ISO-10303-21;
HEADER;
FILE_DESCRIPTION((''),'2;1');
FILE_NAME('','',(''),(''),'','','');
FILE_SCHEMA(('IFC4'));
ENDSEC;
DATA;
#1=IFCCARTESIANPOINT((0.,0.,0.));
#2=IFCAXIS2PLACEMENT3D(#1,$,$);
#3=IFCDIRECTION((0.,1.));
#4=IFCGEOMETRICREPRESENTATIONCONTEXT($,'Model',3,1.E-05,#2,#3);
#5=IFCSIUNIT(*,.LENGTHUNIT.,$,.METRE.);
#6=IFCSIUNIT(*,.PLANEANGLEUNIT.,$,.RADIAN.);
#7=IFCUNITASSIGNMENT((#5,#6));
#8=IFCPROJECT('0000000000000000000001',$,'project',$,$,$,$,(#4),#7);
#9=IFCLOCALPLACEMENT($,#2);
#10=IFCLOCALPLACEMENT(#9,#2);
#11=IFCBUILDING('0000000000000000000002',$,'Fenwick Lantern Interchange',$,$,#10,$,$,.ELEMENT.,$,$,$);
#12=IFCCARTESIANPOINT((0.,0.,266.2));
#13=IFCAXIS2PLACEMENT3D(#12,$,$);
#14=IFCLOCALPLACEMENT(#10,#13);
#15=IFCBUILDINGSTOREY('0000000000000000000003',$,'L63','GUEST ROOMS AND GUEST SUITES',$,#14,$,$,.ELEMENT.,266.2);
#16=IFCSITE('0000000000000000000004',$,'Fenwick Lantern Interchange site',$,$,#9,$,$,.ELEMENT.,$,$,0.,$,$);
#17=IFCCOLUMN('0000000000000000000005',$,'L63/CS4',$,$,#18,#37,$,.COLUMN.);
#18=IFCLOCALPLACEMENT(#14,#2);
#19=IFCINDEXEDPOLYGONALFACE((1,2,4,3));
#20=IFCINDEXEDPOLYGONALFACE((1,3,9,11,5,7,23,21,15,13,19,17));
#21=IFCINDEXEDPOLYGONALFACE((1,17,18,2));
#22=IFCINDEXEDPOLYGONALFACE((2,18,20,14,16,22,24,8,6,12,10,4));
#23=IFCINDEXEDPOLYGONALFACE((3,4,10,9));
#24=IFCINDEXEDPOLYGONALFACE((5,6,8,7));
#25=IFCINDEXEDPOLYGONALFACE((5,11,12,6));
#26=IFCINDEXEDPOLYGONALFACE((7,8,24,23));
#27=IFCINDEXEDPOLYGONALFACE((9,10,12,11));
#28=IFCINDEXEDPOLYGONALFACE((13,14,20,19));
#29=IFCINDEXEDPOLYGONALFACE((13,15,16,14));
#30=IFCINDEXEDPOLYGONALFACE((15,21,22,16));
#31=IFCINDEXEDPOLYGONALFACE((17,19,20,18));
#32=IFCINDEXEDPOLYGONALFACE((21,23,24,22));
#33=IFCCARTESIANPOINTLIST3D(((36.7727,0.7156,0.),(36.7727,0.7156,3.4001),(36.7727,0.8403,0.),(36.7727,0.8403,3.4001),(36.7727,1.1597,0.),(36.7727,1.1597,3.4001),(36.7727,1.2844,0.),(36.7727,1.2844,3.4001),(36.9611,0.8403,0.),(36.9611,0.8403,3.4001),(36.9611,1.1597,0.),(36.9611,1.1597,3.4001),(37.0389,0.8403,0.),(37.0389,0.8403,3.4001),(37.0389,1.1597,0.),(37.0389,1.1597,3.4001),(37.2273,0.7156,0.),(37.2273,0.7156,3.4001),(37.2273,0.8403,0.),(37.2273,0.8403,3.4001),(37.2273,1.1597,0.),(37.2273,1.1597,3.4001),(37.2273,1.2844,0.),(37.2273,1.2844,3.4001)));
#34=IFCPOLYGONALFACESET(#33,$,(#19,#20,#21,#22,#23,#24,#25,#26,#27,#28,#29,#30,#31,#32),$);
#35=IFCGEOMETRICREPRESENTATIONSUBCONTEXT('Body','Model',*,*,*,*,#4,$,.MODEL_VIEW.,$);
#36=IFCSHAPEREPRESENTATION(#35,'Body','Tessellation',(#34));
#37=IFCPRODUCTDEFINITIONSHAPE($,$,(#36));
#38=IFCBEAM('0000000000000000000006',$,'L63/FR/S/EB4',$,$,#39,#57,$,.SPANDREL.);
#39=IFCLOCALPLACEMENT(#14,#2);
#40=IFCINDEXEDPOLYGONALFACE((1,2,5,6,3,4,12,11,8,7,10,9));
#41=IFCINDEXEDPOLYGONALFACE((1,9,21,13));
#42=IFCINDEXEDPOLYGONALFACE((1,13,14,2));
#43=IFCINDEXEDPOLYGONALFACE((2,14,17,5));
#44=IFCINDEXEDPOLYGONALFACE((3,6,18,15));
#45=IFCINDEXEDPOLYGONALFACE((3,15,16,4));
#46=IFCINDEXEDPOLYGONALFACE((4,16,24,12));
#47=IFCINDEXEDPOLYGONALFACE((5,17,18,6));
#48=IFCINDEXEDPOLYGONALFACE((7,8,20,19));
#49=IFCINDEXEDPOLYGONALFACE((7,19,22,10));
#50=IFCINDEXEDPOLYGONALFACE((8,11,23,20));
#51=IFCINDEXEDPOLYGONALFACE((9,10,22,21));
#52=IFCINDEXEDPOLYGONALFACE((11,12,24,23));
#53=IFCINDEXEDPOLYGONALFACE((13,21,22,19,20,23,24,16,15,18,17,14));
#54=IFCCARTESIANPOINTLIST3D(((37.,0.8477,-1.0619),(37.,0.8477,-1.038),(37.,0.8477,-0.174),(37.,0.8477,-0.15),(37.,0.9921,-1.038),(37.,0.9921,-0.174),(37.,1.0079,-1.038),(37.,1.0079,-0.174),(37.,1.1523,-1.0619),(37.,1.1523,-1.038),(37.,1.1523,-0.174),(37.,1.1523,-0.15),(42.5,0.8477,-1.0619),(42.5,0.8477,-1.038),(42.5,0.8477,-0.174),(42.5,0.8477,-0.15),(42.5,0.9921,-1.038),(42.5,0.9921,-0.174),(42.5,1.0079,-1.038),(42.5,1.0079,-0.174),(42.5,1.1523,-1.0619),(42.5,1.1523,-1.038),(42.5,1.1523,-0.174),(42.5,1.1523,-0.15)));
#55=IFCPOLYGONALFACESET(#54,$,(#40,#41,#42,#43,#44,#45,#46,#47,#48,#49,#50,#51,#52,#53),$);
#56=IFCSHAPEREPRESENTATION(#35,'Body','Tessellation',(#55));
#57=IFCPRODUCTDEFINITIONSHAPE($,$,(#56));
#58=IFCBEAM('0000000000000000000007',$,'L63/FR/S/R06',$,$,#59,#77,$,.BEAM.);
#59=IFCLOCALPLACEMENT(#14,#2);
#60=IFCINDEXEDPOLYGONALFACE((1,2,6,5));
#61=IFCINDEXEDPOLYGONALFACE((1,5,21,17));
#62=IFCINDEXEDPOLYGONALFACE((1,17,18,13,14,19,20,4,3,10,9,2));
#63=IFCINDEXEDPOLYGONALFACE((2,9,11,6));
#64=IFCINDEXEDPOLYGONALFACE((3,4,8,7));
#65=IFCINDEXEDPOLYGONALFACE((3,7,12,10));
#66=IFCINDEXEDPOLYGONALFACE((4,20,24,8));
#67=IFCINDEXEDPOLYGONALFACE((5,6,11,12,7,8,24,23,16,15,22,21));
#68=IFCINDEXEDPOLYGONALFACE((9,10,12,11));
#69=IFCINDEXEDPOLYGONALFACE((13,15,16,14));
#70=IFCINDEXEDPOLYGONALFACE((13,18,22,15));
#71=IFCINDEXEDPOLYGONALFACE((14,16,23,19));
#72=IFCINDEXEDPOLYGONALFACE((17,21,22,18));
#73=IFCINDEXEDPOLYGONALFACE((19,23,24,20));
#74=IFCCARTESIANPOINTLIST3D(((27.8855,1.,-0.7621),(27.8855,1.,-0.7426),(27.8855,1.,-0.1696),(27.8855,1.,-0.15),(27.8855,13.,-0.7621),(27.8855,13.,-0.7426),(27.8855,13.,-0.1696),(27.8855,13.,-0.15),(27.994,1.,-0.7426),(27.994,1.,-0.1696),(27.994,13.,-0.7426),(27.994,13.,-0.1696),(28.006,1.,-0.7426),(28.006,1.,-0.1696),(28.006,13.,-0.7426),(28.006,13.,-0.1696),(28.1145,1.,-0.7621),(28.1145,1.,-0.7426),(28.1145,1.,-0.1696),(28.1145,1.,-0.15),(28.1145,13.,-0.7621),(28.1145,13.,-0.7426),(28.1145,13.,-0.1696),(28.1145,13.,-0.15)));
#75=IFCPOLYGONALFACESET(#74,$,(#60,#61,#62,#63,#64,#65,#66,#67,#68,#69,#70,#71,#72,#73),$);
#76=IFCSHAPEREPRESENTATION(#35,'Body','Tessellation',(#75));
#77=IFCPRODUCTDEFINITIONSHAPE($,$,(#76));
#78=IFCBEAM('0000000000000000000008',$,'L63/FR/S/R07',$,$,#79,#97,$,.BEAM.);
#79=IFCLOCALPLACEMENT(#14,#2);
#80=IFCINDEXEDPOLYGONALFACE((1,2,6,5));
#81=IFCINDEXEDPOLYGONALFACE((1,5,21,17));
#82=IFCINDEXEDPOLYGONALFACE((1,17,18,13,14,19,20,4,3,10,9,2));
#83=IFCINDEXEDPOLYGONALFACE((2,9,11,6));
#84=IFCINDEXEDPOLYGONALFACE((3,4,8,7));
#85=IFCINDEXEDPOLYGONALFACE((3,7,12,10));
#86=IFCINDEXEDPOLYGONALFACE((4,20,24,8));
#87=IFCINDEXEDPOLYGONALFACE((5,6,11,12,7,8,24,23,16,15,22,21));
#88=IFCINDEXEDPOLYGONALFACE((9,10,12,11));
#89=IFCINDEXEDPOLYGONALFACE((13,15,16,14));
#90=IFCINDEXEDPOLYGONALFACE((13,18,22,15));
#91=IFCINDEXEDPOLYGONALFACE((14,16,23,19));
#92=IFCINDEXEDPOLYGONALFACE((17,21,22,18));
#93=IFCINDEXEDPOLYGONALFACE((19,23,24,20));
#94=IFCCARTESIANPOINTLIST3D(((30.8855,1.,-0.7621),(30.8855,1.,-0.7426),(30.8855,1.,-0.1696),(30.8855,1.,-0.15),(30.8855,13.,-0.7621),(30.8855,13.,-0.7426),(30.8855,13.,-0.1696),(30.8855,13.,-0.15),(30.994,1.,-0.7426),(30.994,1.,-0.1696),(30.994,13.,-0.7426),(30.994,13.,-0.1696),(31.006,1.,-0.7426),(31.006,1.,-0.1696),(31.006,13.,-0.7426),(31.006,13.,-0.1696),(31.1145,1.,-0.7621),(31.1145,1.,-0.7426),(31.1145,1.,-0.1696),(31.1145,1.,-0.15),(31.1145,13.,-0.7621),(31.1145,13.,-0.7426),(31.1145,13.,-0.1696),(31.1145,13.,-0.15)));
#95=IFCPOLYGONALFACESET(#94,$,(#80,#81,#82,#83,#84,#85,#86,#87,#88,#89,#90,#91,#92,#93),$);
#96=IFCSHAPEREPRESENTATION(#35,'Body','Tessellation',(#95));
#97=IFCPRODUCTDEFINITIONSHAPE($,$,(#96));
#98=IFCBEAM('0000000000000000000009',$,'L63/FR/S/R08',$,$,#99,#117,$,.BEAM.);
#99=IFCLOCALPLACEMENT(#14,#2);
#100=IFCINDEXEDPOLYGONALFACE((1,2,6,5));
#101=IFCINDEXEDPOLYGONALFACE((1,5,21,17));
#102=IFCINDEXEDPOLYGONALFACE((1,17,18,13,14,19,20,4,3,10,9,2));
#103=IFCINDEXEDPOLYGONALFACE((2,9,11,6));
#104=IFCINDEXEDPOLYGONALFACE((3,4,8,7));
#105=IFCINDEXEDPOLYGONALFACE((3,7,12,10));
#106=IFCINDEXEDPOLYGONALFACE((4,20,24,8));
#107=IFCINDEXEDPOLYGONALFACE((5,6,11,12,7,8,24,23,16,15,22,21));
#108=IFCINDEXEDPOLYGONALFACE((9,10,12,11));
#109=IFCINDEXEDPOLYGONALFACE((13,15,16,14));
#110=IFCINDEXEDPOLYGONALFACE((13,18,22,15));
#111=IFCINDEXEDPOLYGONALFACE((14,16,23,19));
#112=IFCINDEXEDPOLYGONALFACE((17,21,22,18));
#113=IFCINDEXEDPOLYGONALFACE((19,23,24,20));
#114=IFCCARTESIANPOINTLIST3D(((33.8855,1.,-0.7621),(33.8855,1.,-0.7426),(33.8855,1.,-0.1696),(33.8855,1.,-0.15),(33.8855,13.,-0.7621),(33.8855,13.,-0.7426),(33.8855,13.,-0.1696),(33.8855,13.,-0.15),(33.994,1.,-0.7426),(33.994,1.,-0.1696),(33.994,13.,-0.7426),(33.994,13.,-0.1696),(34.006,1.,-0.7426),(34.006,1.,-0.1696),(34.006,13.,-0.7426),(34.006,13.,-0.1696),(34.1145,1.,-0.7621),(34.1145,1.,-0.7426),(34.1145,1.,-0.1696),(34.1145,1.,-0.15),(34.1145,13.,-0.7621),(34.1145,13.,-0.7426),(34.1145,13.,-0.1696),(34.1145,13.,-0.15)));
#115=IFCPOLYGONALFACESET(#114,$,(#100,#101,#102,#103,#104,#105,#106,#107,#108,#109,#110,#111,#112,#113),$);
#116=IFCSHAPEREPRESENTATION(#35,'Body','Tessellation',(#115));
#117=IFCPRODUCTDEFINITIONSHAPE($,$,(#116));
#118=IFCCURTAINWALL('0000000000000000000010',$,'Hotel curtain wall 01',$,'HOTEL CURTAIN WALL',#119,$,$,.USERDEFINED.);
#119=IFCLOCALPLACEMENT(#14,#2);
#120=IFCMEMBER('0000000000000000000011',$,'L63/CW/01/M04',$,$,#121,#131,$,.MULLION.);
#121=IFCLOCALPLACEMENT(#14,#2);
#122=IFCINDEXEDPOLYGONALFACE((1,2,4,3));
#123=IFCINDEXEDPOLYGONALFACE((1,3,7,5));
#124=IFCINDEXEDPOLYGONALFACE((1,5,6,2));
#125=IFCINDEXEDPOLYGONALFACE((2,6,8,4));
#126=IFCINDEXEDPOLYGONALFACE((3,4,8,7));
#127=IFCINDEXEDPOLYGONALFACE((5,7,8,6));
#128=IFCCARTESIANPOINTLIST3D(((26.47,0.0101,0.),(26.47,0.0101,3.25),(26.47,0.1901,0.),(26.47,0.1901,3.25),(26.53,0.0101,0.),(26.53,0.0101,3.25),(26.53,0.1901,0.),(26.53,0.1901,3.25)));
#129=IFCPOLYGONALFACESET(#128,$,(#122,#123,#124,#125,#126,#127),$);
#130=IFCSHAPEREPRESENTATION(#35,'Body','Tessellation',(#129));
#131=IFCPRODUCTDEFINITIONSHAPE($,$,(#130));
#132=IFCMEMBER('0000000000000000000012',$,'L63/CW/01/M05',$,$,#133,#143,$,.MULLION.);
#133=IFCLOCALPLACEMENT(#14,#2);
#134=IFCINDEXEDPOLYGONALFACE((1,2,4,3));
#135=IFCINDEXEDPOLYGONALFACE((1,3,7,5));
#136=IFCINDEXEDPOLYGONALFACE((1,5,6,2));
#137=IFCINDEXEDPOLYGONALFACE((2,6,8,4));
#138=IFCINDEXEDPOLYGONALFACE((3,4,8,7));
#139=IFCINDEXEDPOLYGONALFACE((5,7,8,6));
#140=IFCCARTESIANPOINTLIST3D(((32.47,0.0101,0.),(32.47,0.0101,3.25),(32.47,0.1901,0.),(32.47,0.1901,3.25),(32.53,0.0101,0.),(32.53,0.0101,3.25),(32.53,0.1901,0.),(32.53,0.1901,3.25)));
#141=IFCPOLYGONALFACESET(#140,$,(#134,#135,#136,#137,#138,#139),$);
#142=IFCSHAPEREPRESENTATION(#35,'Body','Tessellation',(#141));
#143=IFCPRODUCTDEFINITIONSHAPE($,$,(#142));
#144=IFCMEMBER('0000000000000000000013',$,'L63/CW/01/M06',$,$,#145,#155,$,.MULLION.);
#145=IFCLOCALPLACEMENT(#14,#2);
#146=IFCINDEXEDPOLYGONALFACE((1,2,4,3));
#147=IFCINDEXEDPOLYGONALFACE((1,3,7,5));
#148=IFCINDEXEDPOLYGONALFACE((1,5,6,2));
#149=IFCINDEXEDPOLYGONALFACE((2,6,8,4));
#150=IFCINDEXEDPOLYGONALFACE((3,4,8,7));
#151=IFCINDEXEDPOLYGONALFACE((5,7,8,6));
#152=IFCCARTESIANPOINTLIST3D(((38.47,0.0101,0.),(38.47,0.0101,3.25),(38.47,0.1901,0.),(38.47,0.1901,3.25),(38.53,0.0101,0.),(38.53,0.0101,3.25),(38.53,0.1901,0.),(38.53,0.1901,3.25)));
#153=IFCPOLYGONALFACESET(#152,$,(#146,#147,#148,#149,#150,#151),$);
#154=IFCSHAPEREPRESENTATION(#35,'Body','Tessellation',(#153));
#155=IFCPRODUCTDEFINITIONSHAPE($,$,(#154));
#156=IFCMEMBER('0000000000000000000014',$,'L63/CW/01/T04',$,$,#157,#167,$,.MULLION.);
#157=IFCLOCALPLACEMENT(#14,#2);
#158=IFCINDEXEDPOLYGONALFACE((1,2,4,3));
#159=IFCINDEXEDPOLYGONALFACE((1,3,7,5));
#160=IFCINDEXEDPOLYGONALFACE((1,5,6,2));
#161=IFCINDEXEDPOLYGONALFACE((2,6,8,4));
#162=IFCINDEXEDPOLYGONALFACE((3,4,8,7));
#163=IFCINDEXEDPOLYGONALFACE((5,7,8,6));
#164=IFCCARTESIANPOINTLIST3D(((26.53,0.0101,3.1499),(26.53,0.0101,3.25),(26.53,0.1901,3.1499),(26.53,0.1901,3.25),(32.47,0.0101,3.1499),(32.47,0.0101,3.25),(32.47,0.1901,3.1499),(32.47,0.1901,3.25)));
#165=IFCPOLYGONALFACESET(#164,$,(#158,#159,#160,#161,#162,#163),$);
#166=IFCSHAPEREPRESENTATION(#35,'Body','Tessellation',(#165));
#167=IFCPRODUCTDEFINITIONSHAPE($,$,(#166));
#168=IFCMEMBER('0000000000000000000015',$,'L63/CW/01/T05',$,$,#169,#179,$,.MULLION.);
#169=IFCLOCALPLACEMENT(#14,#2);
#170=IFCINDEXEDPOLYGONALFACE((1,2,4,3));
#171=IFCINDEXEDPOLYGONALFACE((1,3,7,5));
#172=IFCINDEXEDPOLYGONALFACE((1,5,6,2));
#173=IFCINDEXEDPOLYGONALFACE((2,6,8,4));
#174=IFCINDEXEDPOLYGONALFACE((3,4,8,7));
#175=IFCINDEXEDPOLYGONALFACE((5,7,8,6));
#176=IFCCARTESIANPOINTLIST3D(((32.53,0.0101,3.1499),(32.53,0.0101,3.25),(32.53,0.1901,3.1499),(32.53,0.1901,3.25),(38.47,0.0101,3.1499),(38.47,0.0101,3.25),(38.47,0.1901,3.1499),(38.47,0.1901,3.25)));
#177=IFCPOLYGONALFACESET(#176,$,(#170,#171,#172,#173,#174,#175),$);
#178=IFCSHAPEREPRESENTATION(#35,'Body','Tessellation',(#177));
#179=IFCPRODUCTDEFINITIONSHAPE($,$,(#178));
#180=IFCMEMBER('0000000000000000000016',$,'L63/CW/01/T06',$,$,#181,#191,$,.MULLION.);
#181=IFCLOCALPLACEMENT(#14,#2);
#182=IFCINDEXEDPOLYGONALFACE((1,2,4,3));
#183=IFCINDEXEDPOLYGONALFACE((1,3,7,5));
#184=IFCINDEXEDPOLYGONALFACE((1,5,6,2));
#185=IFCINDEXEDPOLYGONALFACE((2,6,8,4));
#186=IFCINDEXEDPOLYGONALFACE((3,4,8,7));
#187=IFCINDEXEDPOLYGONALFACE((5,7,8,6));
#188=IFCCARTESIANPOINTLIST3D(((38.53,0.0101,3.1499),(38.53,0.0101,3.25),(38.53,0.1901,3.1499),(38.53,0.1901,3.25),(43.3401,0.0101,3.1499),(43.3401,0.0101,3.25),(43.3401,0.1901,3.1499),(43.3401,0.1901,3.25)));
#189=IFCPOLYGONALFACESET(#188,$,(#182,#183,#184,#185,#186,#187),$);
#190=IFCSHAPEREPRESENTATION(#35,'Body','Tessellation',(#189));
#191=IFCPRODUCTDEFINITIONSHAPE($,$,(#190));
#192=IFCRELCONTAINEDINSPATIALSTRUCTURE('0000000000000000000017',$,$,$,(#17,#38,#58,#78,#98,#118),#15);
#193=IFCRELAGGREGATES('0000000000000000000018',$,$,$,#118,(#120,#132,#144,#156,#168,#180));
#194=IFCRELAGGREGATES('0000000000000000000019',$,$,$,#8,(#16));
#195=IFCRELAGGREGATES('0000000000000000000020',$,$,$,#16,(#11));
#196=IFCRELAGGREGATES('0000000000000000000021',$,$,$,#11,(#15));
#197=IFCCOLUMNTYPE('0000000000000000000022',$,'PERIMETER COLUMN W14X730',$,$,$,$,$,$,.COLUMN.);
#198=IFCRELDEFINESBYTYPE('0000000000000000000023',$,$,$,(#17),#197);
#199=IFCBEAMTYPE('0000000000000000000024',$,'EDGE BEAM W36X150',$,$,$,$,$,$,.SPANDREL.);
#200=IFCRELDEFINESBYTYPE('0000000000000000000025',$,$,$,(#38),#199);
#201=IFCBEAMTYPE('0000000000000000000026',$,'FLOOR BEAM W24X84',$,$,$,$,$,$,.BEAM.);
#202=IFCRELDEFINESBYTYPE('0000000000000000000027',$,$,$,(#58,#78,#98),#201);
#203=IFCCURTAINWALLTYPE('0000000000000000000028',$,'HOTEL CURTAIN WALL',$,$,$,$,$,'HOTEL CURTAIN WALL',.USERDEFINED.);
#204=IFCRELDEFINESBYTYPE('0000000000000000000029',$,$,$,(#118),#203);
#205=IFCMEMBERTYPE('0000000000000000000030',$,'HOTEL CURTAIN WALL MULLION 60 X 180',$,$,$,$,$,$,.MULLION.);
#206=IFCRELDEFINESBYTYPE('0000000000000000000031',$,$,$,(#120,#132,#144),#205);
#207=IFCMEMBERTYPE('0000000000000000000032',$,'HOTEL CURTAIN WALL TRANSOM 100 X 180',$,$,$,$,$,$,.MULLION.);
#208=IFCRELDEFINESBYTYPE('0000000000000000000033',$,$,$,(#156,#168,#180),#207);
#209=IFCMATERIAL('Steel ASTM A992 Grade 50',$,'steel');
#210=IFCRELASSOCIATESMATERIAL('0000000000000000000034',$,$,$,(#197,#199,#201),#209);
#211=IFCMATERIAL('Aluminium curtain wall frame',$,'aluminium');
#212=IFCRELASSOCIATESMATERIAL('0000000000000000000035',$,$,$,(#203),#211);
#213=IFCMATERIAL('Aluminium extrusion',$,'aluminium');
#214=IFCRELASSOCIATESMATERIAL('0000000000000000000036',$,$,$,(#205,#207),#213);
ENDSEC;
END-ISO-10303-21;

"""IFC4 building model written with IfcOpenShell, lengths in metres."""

from ifc_helpers import new_model, si_unit, direction, frame, origin, origin_2d, place, context, subcontext, project, spatial, rectangle, i_section, extrude, material, material_profile, profile_set, type_object, element, aggregate, save


model = new_model("IFC4")

# Units and contexts
model_context = context("Model", 3, precision=1e-05, world=origin(), true_north=direction((0.0, 1.0)))
body_context = subcontext(model_context, "Body", "Model", "MODEL_VIEW")
ifc_project = project(units=[si_unit("LENGTHUNIT", "METRE"), si_unit("PLANEANGLEUNIT", "RADIAN")], contexts=[model_context])

# Site, building, storey
site_placement = place(None, origin())
site = spatial("IfcSite", under=ifc_project, at=site_placement, Name="Fenwick Lantern Interchange site", CompositionType="ELEMENT", RefElevation=0.0)
building_placement = place(site_placement, origin())
building = spatial("IfcBuilding", under=site, at=building_placement, Name="Fenwick Lantern Interchange", CompositionType="ELEMENT")
storey_placement = place(building_placement, frame((0.0, 0.0, 266.2)))
storey = spatial("IfcBuildingStorey", under=building, at=storey_placement, Name="L63", Description="GUEST ROOMS AND GUEST SUITES", CompositionType="ELEMENT", Elevation=266.2)

# Column
ifc_material_1 = material(Name="Steel ASTM A992 Grade 50", Category="steel")
ifc_material_profile_1 = material_profile(ifc_material_1, i_section(OverallWidth=0.4546, OverallDepth=0.5688, WebThickness=0.0779, FlangeThickness=0.1248, at=origin_2d()), Name="W14X730")
ifc_profile_set_1 = profile_set([ifc_material_profile_1], Name="Steel ASTM A992 Grade 50")
column_type = type_object("IfcColumnType", Name="PERIMETER COLUMN W14X730", PredefinedType="COLUMN", material=ifc_profile_set_1)
column_placement = place(storey_placement, frame((37.0, 1.0, 0.0), z_axis=(0.0, 0.0, 1.0), x_axis=(1.0, 0.0, 0.0)))
element("IfcColumn", 1, at=column_placement, inside=storey, type_object=column_type, Name="L63/CS4", PredefinedType="COLUMN", context=body_context, shape_type="SweptSolid", body=[
    extrude(i_section(OverallWidth=0.4546, OverallDepth=0.5688, WebThickness=0.0779, FlangeThickness=0.1248, at=origin_2d()), origin(), (0.0, 0.0, 1.0), 3.4001),
])

# Beams
ifc_material_profile_2 = material_profile(ifc_material_1, i_section(OverallWidth=0.3047, OverallDepth=0.9119, WebThickness=0.0159, FlangeThickness=0.0239, at=origin_2d()), Name="W36X150")
ifc_profile_set_2 = profile_set([ifc_material_profile_2], Name="Steel ASTM A992 Grade 50")
beam_type_1 = type_object("IfcBeamType", Name="EDGE BEAM W36X150", PredefinedType="SPANDREL", material=ifc_profile_set_2)
beam_1_placement = place(storey_placement, frame((37.0, 1.0, -0.606), z_axis=(1.0, 0.0, 0.0), x_axis=(0.0, 1.0, 0.0)))
element("IfcBeam", 2, at=beam_1_placement, inside=storey, type_object=beam_type_1, Name="L63/FR/S/EB4", PredefinedType="SPANDREL", context=body_context, shape_type="SweptSolid", body=[
    extrude(i_section(OverallWidth=0.3047, OverallDepth=0.9119, WebThickness=0.0159, FlangeThickness=0.0239, at=origin_2d()), origin(), (0.0, 0.0, 1.0), 5.5),
])
ifc_material_profile_3 = material_profile(ifc_material_1, i_section(OverallWidth=0.229, OverallDepth=0.6121, WebThickness=0.012, FlangeThickness=0.0195, at=origin_2d()), Name="W24X84")
ifc_profile_set_3 = profile_set([ifc_material_profile_3], Name="Steel ASTM A992 Grade 50")
beam_type_2 = type_object("IfcBeamType", Name="FLOOR BEAM W24X84", PredefinedType="BEAM", material=ifc_profile_set_3)
for number, where, z_axis, x_axis, name in (
    (3, (28.0, 1.0, -0.4561), (0.0, 1.0, 0.0), (-1.0, 0.0, 0.0), "L63/FR/S/R06"),
    (4, (31.0, 1.0, -0.4561), (0.0, 1.0, 0.0), (-1.0, 0.0, 0.0), "L63/FR/S/R07"),
    (5, (34.0, 1.0, -0.4561), (0.0, 1.0, 0.0), (-1.0, 0.0, 0.0), "L63/FR/S/R08"),
):
    element("IfcBeam", number, at=place(storey_placement, frame(where, z_axis=z_axis, x_axis=x_axis)), inside=storey, type_object=beam_type_2, Name=name, PredefinedType="BEAM", context=body_context, shape_type="SweptSolid", body=[
        extrude(i_section(OverallWidth=0.229, OverallDepth=0.6121, WebThickness=0.012, FlangeThickness=0.0195, at=origin_2d()), origin(), (0.0, 0.0, 1.0), 12.0),
    ])

# Curtain wall, members
ifc_material_2 = material(Name="Aluminium curtain wall frame", Category="aluminium")
curtain_wall_type = type_object("IfcCurtainWallType", Name="HOTEL CURTAIN WALL", ElementType="HOTEL CURTAIN WALL", PredefinedType="USERDEFINED", material=ifc_material_2)
curtain_wall_placement = place(storey_placement, origin())
curtain_wall = element("IfcCurtainWall", 6, at=curtain_wall_placement, inside=storey, type_object=curtain_wall_type, Name="Hotel curtain wall 01", ObjectType="HOTEL CURTAIN WALL", PredefinedType="USERDEFINED")
ifc_material_3 = material(Name="Aluminium extrusion", Category="aluminium")
ifc_material_profile_4 = material_profile(ifc_material_3, rectangle(XDim=0.1799, YDim=0.0601, at=origin_2d()), Name="HOTEL CURTAIN WALL MULLION 60 X 180")
ifc_profile_set_4 = profile_set([ifc_material_profile_4], Name="Aluminium extrusion")
member_type_1 = type_object("IfcMemberType", Name="HOTEL CURTAIN WALL MULLION 60 X 180", PredefinedType="MULLION", material=ifc_profile_set_4)
member_1_placement = place(storey_placement, frame((26.5, 0.1001, 0.0), z_axis=(0.0, 0.0, 1.0), x_axis=(0.0, 1.0, 0.0)))
member_1 = element("IfcMember", 7, at=member_1_placement, type_object=member_type_1, Name="L63/CW/01/M04", PredefinedType="MULLION", context=body_context, shape_type="SweptSolid", body=[
    extrude(rectangle(XDim=0.1799, YDim=0.0601, at=origin_2d()), origin(), (0.0, 0.0, 1.0), 3.25),
])
member_2_placement = place(storey_placement, frame((32.5, 0.1001, 0.0), z_axis=(0.0, 0.0, 1.0), x_axis=(0.0, 1.0, 0.0)))
member_2 = element("IfcMember", 8, at=member_2_placement, type_object=member_type_1, Name="L63/CW/01/M05", PredefinedType="MULLION", context=body_context, shape_type="SweptSolid", body=[
    extrude(rectangle(XDim=0.1799, YDim=0.0601, at=origin_2d()), origin(), (0.0, 0.0, 1.0), 3.25),
])
member_3_placement = place(storey_placement, frame((38.5, 0.1001, 0.0), z_axis=(0.0, 0.0, 1.0), x_axis=(0.0, 1.0, 0.0)))
member_3 = element("IfcMember", 9, at=member_3_placement, type_object=member_type_1, Name="L63/CW/01/M06", PredefinedType="MULLION", context=body_context, shape_type="SweptSolid", body=[
    extrude(rectangle(XDim=0.1799, YDim=0.0601, at=origin_2d()), origin(), (0.0, 0.0, 1.0), 3.25),
])
ifc_material_profile_5 = material_profile(ifc_material_3, rectangle(XDim=0.1799, YDim=0.1001, at=origin_2d()), Name="HOTEL CURTAIN WALL TRANSOM 100 X 180")
ifc_profile_set_5 = profile_set([ifc_material_profile_5], Name="Aluminium extrusion")
member_type_2 = type_object("IfcMemberType", Name="HOTEL CURTAIN WALL TRANSOM 100 X 180", PredefinedType="MULLION", material=ifc_profile_set_5)
member_4_placement = place(storey_placement, frame((26.53, 0.1001, 3.2), z_axis=(1.0, 0.0, 0.0), x_axis=(0.0, 1.0, 0.0)))
member_4 = element("IfcMember", 10, at=member_4_placement, type_object=member_type_2, Name="L63/CW/01/T04", PredefinedType="MULLION", context=body_context, shape_type="SweptSolid", body=[
    extrude(rectangle(XDim=0.1799, YDim=0.1001, at=origin_2d()), origin(), (0.0, 0.0, 1.0), 5.9399),
])
member_5_placement = place(storey_placement, frame((32.53, 0.1001, 3.2), z_axis=(1.0, 0.0, 0.0), x_axis=(0.0, 1.0, 0.0)))
member_5 = element("IfcMember", 11, at=member_5_placement, type_object=member_type_2, Name="L63/CW/01/T05", PredefinedType="MULLION", context=body_context, shape_type="SweptSolid", body=[
    extrude(rectangle(XDim=0.1799, YDim=0.1001, at=origin_2d()), origin(), (0.0, 0.0, 1.0), 5.9399),
])
member_6_placement = place(storey_placement, frame((38.53, 0.1001, 3.2), z_axis=(1.0, 0.0, 0.0), x_axis=(0.0, 1.0, 0.0)))
member_6 = element("IfcMember", 12, at=member_6_placement, type_object=member_type_2, Name="L63/CW/01/T06", PredefinedType="MULLION", context=body_context, shape_type="SweptSolid", body=[
    extrude(rectangle(XDim=0.1799, YDim=0.1001, at=origin_2d()), origin(), (0.0, 0.0, 1.0), 4.8101),
])
aggregate(curtain_wall, [member_1, member_2, member_3, member_4, member_5, member_6])

save(model, "model.ifc")
